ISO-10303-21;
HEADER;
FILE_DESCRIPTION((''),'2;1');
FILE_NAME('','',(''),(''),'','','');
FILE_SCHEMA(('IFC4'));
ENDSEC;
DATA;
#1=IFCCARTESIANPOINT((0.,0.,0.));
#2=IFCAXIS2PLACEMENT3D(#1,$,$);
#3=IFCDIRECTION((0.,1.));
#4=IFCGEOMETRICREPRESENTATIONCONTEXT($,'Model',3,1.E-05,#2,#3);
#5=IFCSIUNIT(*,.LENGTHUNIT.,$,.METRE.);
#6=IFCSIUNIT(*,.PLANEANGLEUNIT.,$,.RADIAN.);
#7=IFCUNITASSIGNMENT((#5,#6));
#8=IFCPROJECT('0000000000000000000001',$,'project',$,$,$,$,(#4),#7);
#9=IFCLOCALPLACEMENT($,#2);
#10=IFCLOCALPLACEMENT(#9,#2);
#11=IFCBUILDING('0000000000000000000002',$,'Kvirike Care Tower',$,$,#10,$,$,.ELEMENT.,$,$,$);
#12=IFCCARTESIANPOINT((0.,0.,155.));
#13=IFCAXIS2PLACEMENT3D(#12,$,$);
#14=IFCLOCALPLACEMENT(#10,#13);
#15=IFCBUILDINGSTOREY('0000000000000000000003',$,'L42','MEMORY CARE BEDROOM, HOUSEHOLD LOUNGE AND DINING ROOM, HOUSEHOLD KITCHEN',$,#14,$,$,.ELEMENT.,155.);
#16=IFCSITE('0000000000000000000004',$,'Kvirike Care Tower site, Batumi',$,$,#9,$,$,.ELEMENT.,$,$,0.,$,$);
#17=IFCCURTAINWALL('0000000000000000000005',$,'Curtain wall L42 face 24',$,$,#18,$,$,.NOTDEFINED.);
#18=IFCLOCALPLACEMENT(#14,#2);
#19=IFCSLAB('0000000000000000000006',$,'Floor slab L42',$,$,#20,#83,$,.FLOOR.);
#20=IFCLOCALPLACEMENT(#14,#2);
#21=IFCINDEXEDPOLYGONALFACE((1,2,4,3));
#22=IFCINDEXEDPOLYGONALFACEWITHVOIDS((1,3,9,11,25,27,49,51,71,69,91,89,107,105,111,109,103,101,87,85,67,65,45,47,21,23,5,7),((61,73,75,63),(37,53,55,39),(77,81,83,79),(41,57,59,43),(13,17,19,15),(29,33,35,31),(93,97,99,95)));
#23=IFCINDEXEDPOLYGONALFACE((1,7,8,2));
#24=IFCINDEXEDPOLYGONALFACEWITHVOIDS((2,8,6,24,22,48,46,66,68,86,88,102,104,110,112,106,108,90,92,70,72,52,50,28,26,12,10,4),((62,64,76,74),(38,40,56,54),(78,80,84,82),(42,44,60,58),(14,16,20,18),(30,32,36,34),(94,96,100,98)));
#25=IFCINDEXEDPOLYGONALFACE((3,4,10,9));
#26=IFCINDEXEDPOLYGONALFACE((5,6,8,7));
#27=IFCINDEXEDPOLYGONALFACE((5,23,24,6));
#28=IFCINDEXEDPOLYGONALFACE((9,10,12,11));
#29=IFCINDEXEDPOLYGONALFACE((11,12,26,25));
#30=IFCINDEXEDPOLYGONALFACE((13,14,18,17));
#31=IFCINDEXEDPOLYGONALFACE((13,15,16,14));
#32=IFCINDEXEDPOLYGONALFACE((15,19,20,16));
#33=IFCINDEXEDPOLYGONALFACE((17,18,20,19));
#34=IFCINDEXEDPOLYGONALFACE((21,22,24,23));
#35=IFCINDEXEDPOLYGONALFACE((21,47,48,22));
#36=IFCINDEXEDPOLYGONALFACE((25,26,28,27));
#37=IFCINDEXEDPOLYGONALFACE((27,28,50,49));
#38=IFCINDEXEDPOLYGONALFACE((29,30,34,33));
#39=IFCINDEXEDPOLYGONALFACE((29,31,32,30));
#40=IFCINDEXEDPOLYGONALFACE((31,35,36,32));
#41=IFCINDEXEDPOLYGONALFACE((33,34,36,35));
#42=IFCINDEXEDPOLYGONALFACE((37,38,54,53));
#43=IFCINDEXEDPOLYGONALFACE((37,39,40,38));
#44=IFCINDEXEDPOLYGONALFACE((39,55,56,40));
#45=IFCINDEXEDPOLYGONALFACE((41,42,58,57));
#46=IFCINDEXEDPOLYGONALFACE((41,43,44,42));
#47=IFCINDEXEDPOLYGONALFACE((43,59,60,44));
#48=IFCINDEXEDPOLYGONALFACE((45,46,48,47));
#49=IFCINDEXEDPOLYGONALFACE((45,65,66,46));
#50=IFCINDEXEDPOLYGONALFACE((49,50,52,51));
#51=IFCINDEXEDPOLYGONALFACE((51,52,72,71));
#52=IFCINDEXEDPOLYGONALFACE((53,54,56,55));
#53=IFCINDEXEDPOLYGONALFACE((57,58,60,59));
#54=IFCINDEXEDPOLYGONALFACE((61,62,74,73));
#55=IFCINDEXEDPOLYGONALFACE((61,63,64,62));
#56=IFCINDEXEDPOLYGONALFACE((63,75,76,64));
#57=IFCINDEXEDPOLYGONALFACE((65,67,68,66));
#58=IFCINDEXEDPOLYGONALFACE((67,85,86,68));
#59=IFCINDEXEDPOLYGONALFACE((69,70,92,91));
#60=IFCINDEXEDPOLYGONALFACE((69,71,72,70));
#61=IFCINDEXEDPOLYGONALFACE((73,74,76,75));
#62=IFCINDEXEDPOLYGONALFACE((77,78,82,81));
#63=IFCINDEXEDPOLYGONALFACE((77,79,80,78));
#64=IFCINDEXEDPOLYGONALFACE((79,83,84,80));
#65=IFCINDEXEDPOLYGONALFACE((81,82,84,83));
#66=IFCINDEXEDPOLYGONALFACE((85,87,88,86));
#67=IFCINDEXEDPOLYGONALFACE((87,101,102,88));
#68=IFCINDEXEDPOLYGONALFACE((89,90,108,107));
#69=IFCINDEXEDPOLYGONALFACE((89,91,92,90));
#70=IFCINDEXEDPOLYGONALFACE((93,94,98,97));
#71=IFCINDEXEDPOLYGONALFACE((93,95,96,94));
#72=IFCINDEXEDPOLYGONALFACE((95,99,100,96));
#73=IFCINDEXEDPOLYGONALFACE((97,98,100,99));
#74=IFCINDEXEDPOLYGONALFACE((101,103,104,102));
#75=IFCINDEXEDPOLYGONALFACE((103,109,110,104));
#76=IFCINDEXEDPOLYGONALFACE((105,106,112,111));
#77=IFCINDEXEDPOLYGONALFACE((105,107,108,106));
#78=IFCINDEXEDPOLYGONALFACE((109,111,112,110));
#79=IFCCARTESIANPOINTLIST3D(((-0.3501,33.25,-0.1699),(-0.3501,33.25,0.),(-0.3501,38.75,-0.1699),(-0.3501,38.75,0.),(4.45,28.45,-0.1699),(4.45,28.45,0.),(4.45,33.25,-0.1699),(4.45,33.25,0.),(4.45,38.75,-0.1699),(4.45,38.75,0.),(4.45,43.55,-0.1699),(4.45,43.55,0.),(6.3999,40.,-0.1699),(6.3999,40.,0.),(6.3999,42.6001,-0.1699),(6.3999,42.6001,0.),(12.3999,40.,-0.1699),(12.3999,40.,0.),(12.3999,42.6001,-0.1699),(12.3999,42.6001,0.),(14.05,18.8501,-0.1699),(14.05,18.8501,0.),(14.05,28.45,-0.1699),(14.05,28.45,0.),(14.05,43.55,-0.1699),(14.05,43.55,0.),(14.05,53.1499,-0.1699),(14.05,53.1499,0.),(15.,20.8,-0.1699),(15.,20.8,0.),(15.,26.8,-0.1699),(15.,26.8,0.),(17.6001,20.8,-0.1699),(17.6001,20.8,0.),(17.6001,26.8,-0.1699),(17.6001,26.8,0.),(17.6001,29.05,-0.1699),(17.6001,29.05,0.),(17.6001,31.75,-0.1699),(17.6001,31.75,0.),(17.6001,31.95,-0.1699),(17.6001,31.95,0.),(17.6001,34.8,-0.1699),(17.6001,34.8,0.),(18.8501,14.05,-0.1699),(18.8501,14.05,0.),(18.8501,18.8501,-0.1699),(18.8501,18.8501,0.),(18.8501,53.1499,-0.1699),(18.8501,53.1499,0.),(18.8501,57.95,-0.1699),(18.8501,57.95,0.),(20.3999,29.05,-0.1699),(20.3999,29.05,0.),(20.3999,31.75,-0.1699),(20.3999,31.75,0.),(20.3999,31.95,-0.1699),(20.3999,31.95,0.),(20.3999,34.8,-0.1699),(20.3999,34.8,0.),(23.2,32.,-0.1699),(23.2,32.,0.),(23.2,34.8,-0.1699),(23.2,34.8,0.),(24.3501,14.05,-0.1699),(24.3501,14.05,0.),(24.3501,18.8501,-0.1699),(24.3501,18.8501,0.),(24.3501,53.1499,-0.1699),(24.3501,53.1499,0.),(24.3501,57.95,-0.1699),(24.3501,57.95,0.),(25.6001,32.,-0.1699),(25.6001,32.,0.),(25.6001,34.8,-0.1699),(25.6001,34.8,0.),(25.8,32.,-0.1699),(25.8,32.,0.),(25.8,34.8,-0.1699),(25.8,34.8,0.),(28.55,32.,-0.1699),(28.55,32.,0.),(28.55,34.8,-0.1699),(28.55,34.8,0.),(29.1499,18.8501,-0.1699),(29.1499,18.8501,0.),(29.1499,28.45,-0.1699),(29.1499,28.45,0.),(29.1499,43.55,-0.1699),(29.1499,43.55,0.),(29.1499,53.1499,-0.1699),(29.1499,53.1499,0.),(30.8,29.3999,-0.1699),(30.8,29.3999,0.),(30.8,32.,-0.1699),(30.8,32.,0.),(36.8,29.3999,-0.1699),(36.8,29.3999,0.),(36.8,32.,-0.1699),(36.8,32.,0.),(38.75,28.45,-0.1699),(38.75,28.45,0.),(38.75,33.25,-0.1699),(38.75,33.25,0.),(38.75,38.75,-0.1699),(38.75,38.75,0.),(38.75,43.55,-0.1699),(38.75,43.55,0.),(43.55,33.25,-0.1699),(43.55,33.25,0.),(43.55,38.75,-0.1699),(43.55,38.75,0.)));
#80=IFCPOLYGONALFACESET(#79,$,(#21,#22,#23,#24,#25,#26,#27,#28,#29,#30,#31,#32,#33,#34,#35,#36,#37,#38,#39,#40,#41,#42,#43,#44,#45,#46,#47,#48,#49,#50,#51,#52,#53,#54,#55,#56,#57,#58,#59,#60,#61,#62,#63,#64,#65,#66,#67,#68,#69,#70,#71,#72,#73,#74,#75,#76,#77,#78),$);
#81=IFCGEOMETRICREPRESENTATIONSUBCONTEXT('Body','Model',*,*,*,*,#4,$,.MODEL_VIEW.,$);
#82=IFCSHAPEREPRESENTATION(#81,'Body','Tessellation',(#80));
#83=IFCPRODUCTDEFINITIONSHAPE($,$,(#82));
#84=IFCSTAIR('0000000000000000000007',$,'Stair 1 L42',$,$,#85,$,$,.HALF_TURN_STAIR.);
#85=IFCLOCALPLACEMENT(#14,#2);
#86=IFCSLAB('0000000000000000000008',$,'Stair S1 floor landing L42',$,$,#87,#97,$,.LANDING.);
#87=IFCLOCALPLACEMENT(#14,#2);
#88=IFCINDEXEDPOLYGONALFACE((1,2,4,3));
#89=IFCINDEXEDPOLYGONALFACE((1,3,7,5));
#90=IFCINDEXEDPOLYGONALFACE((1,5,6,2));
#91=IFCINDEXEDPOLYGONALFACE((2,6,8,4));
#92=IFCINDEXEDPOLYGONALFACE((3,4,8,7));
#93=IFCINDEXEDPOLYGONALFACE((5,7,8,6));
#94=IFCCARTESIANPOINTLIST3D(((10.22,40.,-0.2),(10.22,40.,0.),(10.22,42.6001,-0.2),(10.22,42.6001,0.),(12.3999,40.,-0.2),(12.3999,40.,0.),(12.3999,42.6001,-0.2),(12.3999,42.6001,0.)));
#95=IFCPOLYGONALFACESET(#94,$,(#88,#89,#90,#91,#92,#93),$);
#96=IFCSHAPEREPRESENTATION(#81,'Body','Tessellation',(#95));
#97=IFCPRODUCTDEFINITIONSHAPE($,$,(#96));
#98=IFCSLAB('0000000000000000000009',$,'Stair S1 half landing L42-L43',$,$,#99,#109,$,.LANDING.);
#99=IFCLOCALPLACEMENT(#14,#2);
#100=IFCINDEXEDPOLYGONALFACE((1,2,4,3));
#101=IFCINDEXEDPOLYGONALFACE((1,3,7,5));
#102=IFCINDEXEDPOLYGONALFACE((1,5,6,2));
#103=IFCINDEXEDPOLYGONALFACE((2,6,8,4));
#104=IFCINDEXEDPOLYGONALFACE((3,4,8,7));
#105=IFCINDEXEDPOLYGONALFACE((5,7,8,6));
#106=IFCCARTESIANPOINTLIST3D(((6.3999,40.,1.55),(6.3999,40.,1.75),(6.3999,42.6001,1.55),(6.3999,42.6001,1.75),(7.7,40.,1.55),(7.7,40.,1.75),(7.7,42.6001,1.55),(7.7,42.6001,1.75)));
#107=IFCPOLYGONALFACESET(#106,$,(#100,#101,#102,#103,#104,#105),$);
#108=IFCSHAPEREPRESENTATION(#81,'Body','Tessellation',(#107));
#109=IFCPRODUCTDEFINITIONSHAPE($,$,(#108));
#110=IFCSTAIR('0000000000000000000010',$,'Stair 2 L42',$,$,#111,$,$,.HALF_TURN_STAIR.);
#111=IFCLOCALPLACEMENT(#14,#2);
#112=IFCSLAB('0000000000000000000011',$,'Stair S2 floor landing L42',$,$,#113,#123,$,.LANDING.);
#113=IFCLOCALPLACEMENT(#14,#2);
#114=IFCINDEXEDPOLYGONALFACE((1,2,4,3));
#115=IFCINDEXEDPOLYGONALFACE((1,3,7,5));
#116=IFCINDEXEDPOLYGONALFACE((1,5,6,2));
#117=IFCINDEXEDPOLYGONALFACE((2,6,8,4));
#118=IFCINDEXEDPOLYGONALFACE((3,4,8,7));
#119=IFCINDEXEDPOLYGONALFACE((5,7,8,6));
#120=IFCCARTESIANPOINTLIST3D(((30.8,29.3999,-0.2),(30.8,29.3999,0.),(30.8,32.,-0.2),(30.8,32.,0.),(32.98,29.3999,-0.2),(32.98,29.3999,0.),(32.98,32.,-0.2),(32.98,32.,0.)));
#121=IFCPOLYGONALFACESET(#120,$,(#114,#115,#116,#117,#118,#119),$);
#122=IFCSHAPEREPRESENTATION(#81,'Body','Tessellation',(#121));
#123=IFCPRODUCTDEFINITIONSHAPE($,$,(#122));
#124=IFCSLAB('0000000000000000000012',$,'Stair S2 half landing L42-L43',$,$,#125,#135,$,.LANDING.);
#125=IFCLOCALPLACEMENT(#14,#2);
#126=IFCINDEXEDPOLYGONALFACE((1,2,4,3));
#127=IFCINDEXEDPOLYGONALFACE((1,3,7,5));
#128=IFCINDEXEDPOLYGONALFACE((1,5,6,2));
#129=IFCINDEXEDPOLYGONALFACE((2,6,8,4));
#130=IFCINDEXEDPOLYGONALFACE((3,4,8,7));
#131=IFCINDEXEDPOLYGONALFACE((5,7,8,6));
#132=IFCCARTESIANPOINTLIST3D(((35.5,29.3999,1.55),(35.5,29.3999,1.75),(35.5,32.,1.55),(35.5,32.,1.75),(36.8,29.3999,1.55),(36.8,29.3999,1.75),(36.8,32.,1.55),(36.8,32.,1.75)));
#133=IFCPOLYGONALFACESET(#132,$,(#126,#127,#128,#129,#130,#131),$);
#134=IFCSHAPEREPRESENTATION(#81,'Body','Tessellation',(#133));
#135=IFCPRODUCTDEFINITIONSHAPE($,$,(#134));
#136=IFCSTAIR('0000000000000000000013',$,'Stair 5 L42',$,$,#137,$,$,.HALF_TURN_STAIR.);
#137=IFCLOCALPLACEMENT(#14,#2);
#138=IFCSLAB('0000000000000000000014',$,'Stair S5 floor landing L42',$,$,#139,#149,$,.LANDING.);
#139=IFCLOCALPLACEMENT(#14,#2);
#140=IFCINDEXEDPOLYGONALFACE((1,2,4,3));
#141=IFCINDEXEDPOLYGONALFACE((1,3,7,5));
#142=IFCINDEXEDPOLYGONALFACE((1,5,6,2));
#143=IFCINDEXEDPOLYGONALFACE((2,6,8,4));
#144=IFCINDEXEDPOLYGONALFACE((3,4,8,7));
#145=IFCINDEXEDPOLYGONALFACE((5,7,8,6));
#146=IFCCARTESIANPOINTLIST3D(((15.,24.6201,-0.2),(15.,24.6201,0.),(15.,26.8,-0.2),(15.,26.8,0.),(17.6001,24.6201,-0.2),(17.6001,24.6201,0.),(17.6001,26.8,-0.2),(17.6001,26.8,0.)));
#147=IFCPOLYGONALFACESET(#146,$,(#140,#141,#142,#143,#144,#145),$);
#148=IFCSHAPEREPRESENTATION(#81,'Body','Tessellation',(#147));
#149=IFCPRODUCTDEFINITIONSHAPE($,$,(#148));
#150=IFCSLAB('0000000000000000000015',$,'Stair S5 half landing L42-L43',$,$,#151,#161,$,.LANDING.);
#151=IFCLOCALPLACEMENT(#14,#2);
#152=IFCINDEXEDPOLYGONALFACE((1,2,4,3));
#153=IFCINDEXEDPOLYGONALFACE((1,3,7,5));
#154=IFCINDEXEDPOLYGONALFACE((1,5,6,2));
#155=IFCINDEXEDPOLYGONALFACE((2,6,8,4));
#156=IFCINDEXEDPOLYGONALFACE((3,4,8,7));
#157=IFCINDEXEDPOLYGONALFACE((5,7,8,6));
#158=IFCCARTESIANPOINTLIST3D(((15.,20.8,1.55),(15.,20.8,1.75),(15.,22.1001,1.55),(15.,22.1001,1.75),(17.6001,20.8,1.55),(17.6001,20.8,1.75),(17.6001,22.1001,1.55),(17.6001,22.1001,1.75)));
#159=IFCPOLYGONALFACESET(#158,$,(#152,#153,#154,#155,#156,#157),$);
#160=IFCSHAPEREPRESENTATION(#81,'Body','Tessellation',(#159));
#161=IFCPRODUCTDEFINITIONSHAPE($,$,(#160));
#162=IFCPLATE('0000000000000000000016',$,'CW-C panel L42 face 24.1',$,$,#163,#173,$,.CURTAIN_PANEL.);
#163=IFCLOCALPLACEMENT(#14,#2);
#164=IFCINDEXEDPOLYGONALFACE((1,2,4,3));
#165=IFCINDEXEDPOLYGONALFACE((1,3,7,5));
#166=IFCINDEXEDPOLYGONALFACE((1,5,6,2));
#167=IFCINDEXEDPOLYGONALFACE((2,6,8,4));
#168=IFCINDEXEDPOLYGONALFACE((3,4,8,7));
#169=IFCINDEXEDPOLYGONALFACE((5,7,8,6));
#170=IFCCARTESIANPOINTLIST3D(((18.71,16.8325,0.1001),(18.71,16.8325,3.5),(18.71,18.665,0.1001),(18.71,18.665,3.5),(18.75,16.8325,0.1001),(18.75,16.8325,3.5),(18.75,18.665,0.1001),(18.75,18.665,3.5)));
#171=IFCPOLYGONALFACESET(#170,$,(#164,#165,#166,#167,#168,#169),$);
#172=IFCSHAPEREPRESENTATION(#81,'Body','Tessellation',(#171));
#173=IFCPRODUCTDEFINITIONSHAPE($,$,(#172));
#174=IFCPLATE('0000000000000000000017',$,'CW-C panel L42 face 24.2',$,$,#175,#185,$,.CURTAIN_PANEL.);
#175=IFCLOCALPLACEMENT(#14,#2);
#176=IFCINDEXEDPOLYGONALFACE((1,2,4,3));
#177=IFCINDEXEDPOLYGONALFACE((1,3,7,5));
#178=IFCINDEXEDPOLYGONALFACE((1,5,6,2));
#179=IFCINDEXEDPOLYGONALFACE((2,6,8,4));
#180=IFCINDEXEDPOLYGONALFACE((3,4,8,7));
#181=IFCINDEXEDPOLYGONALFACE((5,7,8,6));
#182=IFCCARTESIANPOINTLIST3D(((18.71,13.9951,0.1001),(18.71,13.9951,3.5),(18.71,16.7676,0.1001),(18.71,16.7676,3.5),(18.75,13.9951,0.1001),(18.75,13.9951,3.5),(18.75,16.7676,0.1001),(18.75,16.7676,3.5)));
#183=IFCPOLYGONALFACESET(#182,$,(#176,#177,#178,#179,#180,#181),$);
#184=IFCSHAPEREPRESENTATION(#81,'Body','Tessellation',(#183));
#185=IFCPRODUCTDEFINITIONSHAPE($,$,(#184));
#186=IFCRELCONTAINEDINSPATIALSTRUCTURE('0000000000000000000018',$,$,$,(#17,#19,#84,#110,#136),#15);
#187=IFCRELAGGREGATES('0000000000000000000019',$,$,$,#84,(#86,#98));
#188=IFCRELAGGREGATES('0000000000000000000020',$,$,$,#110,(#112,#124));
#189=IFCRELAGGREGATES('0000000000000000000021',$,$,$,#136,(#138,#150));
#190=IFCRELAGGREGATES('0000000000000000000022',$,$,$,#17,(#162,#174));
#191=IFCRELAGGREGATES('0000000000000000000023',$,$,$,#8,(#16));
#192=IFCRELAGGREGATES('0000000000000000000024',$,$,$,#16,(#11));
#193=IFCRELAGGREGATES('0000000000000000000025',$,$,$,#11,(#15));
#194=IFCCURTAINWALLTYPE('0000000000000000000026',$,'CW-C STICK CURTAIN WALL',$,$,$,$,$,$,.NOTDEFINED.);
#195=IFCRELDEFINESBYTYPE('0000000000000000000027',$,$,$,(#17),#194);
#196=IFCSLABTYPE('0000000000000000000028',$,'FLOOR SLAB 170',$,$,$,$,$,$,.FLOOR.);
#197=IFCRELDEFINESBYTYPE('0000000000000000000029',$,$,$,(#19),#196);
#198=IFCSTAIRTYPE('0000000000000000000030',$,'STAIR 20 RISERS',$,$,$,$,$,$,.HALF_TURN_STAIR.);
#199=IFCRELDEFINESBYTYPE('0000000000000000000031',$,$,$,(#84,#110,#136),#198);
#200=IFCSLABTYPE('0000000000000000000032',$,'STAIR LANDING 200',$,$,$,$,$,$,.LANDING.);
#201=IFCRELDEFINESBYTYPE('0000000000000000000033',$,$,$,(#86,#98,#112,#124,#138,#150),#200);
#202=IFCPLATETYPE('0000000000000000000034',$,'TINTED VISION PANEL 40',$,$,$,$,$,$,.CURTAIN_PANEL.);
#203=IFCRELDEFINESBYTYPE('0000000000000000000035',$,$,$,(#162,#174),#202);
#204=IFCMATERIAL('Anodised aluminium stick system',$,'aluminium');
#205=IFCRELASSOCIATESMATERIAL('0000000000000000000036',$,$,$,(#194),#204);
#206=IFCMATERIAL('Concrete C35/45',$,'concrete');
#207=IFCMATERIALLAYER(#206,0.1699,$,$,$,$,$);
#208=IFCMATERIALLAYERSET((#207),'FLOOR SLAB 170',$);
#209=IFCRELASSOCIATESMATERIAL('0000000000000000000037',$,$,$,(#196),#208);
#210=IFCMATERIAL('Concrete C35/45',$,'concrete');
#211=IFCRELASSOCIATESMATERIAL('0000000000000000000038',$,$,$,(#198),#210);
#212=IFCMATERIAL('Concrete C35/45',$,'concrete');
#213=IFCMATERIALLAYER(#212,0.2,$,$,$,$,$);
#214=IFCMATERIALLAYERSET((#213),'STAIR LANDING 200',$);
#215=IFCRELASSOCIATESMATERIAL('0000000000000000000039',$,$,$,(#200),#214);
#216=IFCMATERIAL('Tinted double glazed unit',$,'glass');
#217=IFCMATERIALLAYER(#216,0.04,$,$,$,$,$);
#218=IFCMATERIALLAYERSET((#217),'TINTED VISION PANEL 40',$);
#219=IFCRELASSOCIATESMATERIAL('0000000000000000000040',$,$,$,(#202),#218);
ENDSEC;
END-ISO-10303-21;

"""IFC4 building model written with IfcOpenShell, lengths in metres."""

from ifc_helpers import new_model, si_unit, direction, frame, origin, origin_2d, place, context, subcontext, project, spatial, polyline, rectangle, outline, extrude, material, layer, layer_set, type_object, element, aggregate, save


model = new_model("IFC4")

# Units and contexts
model_context = context("Model", 3, precision=1e-05, world=origin(), true_north=direction((0.0, 1.0)))
body_context = subcontext(model_context, "Body", "Model", "MODEL_VIEW")
ifc_project = project(units=[si_unit("LENGTHUNIT", "METRE"), si_unit("PLANEANGLEUNIT", "RADIAN")], contexts=[model_context])

# Site, building, storey
site_placement = place(None, origin())
site = spatial("IfcSite", under=ifc_project, at=site_placement, Name="Kvirike Care Tower site, Batumi", CompositionType="ELEMENT", RefElevation=0.0)
building_placement = place(site_placement, origin())
building = spatial("IfcBuilding", under=site, at=building_placement, Name="Kvirike Care Tower", CompositionType="ELEMENT")
storey_placement = place(building_placement, frame((0.0, 0.0, 155.0)))
storey = spatial("IfcBuildingStorey", under=building, at=storey_placement, Name="L42", Description="MEMORY CARE BEDROOM, HOUSEHOLD LOUNGE AND DINING ROOM, HOUSEHOLD KITCHEN", CompositionType="ELEMENT", Elevation=155.0)

# Curtain wall
ifc_material_1 = material(Name="Anodised aluminium stick system", Category="aluminium")
curtain_wall_type = type_object("IfcCurtainWallType", Name="CW-C STICK CURTAIN WALL", PredefinedType="NOTDEFINED", material=ifc_material_1)
curtain_wall_1_placement = place(storey_placement, origin())
curtain_wall_1 = element("IfcCurtainWall", 1, at=curtain_wall_1_placement, inside=storey, type_object=curtain_wall_type, Name="Curtain wall L42 face 24", PredefinedType="NOTDEFINED")

# Slab
ifc_material_2 = material(Name="Concrete C35/45", Category="concrete")
ifc_layer_1 = layer(ifc_material_2, 0.1699)
ifc_layer_set_1 = layer_set([ifc_layer_1], Name="FLOOR SLAB 170")
slab_type_1 = type_object("IfcSlabType", Name="FLOOR SLAB 170", PredefinedType="FLOOR", material=ifc_layer_set_1)
slab_1_placement = place(storey_placement, frame((0.0, 0.0, -0.1699)))
element("IfcSlab", 2, at=slab_1_placement, inside=storey, type_object=slab_type_1, Name="Floor slab L42", PredefinedType="FLOOR", context=body_context, shape_type="SweptSolid", body=[
    extrude(outline(polyline([(29.1499, 28.45), (38.75, 28.45), (38.75, 33.25), (43.55, 33.25), (43.55, 38.75), (38.75, 38.75), (38.75, 43.55), (29.1499, 43.55), (29.1499, 53.1499), (24.3501, 53.1499), (24.3501, 57.95), (18.8501, 57.95), (18.8501, 53.1499), (14.05, 53.1499), (14.05, 43.55), (4.45, 43.55), (4.45, 38.75), (-0.3501, 38.75), (-0.3501, 33.25), (4.45, 33.25), (4.45, 28.45), (14.05, 28.45), (14.05, 18.8501), (18.8501, 18.8501), (18.8501, 14.05), (24.3501, 14.05), (24.3501, 18.8501), (29.1499, 18.8501), (29.1499, 28.45)]), holes=[polyline([(17.6001, 29.05), (17.6001, 31.75), (20.3999, 31.75), (20.3999, 29.05), (17.6001, 29.05)]), polyline([(17.6001, 31.95), (17.6001, 34.8), (20.3999, 34.8), (20.3999, 31.95), (17.6001, 31.95)]), polyline([(23.2, 32.0), (23.2, 34.8), (25.6001, 34.8), (25.6001, 32.0), (23.2, 32.0)]), polyline([(25.8, 32.0), (25.8, 34.8), (28.55, 34.8), (28.55, 32.0), (25.8, 32.0)]), polyline([(12.3999, 42.6001), (12.3999, 40.0), (6.3999, 40.0), (6.3999, 42.6001), (12.3999, 42.6001)]), polyline([(30.8, 29.3999), (30.8, 32.0), (36.8, 32.0), (36.8, 29.3999), (30.8, 29.3999)]), polyline([(15.0, 26.8), (17.6001, 26.8), (17.6001, 20.8), (15.0, 20.8), (15.0, 26.8)])]), origin(), (0.0, 0.0, 1.0), 0.1699),
])

# Stairs, slabs
ifc_material_3 = material(Name="Concrete C35/45", Category="concrete")
stair_type = type_object("IfcStairType", Name="STAIR 20 RISERS", PredefinedType="HALF_TURN_STAIR", material=ifc_material_3)
stair_1_placement = place(storey_placement, origin())
stair_1 = element("IfcStair", 3, at=stair_1_placement, inside=storey, type_object=stair_type, Name="Stair 1 L42", PredefinedType="HALF_TURN_STAIR")
ifc_material_4 = material(Name="Concrete C35/45", Category="concrete")
ifc_layer_2 = layer(ifc_material_4, 0.2)
ifc_layer_set_2 = layer_set([ifc_layer_2], Name="STAIR LANDING 200")
slab_type_2 = type_object("IfcSlabType", Name="STAIR LANDING 200", PredefinedType="LANDING", material=ifc_layer_set_2)
slab_2_placement = place(storey_placement, frame((0.0, 0.0, -0.2)))
slab_2 = element("IfcSlab", 4, at=slab_2_placement, type_object=slab_type_2, Name="Stair S1 floor landing L42", PredefinedType="LANDING", context=body_context, shape_type="SweptSolid", body=[
    extrude(outline(polyline([(10.22, 42.6001), (10.22, 40.0), (12.3999, 40.0), (12.3999, 42.6001), (10.22, 42.6001)])), origin(), (0.0, 0.0, 1.0), 0.2),
])
slab_3_placement = place(storey_placement, frame((0.0, 0.0, 1.55)))
slab_3 = element("IfcSlab", 5, at=slab_3_placement, type_object=slab_type_2, Name="Stair S1 half landing L42-L43", PredefinedType="LANDING", context=body_context, shape_type="SweptSolid", body=[
    extrude(outline(polyline([(6.3999, 42.6001), (6.3999, 40.0), (7.7, 40.0), (7.7, 42.6001), (6.3999, 42.6001)])), origin(), (0.0, 0.0, 1.0), 0.2),
])
aggregate(stair_1, [slab_2, slab_3])
stair_2_placement = place(storey_placement, origin())
stair_2 = element("IfcStair", 6, at=stair_2_placement, inside=storey, type_object=stair_type, Name="Stair 2 L42", PredefinedType="HALF_TURN_STAIR")
slab_4_placement = place(storey_placement, frame((0.0, 0.0, -0.2)))
slab_4 = element("IfcSlab", 7, at=slab_4_placement, type_object=slab_type_2, Name="Stair S2 floor landing L42", PredefinedType="LANDING", context=body_context, shape_type="SweptSolid", body=[
    extrude(outline(polyline([(32.98, 29.3999), (32.98, 32.0), (30.8, 32.0), (30.8, 29.3999), (32.98, 29.3999)])), origin(), (0.0, 0.0, 1.0), 0.2),
])
slab_5_placement = place(storey_placement, frame((0.0, 0.0, 1.55)))
slab_5 = element("IfcSlab", 8, at=slab_5_placement, type_object=slab_type_2, Name="Stair S2 half landing L42-L43", PredefinedType="LANDING", context=body_context, shape_type="SweptSolid", body=[
    extrude(outline(polyline([(36.8, 29.3999), (36.8, 32.0), (35.5, 32.0), (35.5, 29.3999), (36.8, 29.3999)])), origin(), (0.0, 0.0, 1.0), 0.2),
])
aggregate(stair_2, [slab_4, slab_5])
stair_3_placement = place(storey_placement, origin())
stair_3 = element("IfcStair", 9, at=stair_3_placement, inside=storey, type_object=stair_type, Name="Stair 5 L42", PredefinedType="HALF_TURN_STAIR")
slab_6_placement = place(storey_placement, frame((0.0, 0.0, -0.2)))
slab_6 = element("IfcSlab", 10, at=slab_6_placement, type_object=slab_type_2, Name="Stair S5 floor landing L42", PredefinedType="LANDING", context=body_context, shape_type="SweptSolid", body=[
    extrude(outline(polyline([(15.0, 24.6201), (17.6001, 24.6201), (17.6001, 26.8), (15.0, 26.8), (15.0, 24.6201)])), origin(), (0.0, 0.0, 1.0), 0.2),
])
slab_7_placement = place(storey_placement, frame((0.0, 0.0, 1.55)))
slab_7 = element("IfcSlab", 11, at=slab_7_placement, type_object=slab_type_2, Name="Stair S5 half landing L42-L43", PredefinedType="LANDING", context=body_context, shape_type="SweptSolid", body=[
    extrude(outline(polyline([(15.0, 20.8), (17.6001, 20.8), (17.6001, 22.1001), (15.0, 22.1001), (15.0, 20.8)])), origin(), (0.0, 0.0, 1.0), 0.2),
])
aggregate(stair_3, [slab_6, slab_7])

# Plates
ifc_material_5 = material(Name="Tinted double glazed unit", Category="glass")
ifc_layer_3 = layer(ifc_material_5, 0.04)
ifc_layer_set_3 = layer_set([ifc_layer_3], Name="TINTED VISION PANEL 40")
plate_type = type_object("IfcPlateType", Name="TINTED VISION PANEL 40", PredefinedType="CURTAIN_PANEL", material=ifc_layer_set_3)
plate_1_placement = place(storey_placement, frame((18.73, 17.7488, 0.1001), z_axis=(0.0, 0.0, 1.0), x_axis=(0.0, -1.0, 0.0)))
plate_1 = element("IfcPlate", 12, at=plate_1_placement, type_object=plate_type, Name="CW-C panel L42 face 24.1", PredefinedType="CURTAIN_PANEL", context=body_context, shape_type="SweptSolid", body=[
    extrude(rectangle(XDim=1.8325, YDim=0.04, at=origin_2d()), origin(), (0.0, 0.0, 1.0), 3.3999),
])
plate_2_placement = place(storey_placement, frame((18.73, 15.3813, 0.1001), z_axis=(0.0, 0.0, 1.0), x_axis=(0.0, -1.0, 0.0)))
plate_2 = element("IfcPlate", 13, at=plate_2_placement, type_object=plate_type, Name="CW-C panel L42 face 24.2", PredefinedType="CURTAIN_PANEL", context=body_context, shape_type="SweptSolid", body=[
    extrude(rectangle(XDim=2.7725, YDim=0.04, at=origin_2d()), origin(), (0.0, 0.0, 1.0), 3.3999),
])
aggregate(curtain_wall_1, [plate_1, plate_2])

save(model, "model.ifc")
